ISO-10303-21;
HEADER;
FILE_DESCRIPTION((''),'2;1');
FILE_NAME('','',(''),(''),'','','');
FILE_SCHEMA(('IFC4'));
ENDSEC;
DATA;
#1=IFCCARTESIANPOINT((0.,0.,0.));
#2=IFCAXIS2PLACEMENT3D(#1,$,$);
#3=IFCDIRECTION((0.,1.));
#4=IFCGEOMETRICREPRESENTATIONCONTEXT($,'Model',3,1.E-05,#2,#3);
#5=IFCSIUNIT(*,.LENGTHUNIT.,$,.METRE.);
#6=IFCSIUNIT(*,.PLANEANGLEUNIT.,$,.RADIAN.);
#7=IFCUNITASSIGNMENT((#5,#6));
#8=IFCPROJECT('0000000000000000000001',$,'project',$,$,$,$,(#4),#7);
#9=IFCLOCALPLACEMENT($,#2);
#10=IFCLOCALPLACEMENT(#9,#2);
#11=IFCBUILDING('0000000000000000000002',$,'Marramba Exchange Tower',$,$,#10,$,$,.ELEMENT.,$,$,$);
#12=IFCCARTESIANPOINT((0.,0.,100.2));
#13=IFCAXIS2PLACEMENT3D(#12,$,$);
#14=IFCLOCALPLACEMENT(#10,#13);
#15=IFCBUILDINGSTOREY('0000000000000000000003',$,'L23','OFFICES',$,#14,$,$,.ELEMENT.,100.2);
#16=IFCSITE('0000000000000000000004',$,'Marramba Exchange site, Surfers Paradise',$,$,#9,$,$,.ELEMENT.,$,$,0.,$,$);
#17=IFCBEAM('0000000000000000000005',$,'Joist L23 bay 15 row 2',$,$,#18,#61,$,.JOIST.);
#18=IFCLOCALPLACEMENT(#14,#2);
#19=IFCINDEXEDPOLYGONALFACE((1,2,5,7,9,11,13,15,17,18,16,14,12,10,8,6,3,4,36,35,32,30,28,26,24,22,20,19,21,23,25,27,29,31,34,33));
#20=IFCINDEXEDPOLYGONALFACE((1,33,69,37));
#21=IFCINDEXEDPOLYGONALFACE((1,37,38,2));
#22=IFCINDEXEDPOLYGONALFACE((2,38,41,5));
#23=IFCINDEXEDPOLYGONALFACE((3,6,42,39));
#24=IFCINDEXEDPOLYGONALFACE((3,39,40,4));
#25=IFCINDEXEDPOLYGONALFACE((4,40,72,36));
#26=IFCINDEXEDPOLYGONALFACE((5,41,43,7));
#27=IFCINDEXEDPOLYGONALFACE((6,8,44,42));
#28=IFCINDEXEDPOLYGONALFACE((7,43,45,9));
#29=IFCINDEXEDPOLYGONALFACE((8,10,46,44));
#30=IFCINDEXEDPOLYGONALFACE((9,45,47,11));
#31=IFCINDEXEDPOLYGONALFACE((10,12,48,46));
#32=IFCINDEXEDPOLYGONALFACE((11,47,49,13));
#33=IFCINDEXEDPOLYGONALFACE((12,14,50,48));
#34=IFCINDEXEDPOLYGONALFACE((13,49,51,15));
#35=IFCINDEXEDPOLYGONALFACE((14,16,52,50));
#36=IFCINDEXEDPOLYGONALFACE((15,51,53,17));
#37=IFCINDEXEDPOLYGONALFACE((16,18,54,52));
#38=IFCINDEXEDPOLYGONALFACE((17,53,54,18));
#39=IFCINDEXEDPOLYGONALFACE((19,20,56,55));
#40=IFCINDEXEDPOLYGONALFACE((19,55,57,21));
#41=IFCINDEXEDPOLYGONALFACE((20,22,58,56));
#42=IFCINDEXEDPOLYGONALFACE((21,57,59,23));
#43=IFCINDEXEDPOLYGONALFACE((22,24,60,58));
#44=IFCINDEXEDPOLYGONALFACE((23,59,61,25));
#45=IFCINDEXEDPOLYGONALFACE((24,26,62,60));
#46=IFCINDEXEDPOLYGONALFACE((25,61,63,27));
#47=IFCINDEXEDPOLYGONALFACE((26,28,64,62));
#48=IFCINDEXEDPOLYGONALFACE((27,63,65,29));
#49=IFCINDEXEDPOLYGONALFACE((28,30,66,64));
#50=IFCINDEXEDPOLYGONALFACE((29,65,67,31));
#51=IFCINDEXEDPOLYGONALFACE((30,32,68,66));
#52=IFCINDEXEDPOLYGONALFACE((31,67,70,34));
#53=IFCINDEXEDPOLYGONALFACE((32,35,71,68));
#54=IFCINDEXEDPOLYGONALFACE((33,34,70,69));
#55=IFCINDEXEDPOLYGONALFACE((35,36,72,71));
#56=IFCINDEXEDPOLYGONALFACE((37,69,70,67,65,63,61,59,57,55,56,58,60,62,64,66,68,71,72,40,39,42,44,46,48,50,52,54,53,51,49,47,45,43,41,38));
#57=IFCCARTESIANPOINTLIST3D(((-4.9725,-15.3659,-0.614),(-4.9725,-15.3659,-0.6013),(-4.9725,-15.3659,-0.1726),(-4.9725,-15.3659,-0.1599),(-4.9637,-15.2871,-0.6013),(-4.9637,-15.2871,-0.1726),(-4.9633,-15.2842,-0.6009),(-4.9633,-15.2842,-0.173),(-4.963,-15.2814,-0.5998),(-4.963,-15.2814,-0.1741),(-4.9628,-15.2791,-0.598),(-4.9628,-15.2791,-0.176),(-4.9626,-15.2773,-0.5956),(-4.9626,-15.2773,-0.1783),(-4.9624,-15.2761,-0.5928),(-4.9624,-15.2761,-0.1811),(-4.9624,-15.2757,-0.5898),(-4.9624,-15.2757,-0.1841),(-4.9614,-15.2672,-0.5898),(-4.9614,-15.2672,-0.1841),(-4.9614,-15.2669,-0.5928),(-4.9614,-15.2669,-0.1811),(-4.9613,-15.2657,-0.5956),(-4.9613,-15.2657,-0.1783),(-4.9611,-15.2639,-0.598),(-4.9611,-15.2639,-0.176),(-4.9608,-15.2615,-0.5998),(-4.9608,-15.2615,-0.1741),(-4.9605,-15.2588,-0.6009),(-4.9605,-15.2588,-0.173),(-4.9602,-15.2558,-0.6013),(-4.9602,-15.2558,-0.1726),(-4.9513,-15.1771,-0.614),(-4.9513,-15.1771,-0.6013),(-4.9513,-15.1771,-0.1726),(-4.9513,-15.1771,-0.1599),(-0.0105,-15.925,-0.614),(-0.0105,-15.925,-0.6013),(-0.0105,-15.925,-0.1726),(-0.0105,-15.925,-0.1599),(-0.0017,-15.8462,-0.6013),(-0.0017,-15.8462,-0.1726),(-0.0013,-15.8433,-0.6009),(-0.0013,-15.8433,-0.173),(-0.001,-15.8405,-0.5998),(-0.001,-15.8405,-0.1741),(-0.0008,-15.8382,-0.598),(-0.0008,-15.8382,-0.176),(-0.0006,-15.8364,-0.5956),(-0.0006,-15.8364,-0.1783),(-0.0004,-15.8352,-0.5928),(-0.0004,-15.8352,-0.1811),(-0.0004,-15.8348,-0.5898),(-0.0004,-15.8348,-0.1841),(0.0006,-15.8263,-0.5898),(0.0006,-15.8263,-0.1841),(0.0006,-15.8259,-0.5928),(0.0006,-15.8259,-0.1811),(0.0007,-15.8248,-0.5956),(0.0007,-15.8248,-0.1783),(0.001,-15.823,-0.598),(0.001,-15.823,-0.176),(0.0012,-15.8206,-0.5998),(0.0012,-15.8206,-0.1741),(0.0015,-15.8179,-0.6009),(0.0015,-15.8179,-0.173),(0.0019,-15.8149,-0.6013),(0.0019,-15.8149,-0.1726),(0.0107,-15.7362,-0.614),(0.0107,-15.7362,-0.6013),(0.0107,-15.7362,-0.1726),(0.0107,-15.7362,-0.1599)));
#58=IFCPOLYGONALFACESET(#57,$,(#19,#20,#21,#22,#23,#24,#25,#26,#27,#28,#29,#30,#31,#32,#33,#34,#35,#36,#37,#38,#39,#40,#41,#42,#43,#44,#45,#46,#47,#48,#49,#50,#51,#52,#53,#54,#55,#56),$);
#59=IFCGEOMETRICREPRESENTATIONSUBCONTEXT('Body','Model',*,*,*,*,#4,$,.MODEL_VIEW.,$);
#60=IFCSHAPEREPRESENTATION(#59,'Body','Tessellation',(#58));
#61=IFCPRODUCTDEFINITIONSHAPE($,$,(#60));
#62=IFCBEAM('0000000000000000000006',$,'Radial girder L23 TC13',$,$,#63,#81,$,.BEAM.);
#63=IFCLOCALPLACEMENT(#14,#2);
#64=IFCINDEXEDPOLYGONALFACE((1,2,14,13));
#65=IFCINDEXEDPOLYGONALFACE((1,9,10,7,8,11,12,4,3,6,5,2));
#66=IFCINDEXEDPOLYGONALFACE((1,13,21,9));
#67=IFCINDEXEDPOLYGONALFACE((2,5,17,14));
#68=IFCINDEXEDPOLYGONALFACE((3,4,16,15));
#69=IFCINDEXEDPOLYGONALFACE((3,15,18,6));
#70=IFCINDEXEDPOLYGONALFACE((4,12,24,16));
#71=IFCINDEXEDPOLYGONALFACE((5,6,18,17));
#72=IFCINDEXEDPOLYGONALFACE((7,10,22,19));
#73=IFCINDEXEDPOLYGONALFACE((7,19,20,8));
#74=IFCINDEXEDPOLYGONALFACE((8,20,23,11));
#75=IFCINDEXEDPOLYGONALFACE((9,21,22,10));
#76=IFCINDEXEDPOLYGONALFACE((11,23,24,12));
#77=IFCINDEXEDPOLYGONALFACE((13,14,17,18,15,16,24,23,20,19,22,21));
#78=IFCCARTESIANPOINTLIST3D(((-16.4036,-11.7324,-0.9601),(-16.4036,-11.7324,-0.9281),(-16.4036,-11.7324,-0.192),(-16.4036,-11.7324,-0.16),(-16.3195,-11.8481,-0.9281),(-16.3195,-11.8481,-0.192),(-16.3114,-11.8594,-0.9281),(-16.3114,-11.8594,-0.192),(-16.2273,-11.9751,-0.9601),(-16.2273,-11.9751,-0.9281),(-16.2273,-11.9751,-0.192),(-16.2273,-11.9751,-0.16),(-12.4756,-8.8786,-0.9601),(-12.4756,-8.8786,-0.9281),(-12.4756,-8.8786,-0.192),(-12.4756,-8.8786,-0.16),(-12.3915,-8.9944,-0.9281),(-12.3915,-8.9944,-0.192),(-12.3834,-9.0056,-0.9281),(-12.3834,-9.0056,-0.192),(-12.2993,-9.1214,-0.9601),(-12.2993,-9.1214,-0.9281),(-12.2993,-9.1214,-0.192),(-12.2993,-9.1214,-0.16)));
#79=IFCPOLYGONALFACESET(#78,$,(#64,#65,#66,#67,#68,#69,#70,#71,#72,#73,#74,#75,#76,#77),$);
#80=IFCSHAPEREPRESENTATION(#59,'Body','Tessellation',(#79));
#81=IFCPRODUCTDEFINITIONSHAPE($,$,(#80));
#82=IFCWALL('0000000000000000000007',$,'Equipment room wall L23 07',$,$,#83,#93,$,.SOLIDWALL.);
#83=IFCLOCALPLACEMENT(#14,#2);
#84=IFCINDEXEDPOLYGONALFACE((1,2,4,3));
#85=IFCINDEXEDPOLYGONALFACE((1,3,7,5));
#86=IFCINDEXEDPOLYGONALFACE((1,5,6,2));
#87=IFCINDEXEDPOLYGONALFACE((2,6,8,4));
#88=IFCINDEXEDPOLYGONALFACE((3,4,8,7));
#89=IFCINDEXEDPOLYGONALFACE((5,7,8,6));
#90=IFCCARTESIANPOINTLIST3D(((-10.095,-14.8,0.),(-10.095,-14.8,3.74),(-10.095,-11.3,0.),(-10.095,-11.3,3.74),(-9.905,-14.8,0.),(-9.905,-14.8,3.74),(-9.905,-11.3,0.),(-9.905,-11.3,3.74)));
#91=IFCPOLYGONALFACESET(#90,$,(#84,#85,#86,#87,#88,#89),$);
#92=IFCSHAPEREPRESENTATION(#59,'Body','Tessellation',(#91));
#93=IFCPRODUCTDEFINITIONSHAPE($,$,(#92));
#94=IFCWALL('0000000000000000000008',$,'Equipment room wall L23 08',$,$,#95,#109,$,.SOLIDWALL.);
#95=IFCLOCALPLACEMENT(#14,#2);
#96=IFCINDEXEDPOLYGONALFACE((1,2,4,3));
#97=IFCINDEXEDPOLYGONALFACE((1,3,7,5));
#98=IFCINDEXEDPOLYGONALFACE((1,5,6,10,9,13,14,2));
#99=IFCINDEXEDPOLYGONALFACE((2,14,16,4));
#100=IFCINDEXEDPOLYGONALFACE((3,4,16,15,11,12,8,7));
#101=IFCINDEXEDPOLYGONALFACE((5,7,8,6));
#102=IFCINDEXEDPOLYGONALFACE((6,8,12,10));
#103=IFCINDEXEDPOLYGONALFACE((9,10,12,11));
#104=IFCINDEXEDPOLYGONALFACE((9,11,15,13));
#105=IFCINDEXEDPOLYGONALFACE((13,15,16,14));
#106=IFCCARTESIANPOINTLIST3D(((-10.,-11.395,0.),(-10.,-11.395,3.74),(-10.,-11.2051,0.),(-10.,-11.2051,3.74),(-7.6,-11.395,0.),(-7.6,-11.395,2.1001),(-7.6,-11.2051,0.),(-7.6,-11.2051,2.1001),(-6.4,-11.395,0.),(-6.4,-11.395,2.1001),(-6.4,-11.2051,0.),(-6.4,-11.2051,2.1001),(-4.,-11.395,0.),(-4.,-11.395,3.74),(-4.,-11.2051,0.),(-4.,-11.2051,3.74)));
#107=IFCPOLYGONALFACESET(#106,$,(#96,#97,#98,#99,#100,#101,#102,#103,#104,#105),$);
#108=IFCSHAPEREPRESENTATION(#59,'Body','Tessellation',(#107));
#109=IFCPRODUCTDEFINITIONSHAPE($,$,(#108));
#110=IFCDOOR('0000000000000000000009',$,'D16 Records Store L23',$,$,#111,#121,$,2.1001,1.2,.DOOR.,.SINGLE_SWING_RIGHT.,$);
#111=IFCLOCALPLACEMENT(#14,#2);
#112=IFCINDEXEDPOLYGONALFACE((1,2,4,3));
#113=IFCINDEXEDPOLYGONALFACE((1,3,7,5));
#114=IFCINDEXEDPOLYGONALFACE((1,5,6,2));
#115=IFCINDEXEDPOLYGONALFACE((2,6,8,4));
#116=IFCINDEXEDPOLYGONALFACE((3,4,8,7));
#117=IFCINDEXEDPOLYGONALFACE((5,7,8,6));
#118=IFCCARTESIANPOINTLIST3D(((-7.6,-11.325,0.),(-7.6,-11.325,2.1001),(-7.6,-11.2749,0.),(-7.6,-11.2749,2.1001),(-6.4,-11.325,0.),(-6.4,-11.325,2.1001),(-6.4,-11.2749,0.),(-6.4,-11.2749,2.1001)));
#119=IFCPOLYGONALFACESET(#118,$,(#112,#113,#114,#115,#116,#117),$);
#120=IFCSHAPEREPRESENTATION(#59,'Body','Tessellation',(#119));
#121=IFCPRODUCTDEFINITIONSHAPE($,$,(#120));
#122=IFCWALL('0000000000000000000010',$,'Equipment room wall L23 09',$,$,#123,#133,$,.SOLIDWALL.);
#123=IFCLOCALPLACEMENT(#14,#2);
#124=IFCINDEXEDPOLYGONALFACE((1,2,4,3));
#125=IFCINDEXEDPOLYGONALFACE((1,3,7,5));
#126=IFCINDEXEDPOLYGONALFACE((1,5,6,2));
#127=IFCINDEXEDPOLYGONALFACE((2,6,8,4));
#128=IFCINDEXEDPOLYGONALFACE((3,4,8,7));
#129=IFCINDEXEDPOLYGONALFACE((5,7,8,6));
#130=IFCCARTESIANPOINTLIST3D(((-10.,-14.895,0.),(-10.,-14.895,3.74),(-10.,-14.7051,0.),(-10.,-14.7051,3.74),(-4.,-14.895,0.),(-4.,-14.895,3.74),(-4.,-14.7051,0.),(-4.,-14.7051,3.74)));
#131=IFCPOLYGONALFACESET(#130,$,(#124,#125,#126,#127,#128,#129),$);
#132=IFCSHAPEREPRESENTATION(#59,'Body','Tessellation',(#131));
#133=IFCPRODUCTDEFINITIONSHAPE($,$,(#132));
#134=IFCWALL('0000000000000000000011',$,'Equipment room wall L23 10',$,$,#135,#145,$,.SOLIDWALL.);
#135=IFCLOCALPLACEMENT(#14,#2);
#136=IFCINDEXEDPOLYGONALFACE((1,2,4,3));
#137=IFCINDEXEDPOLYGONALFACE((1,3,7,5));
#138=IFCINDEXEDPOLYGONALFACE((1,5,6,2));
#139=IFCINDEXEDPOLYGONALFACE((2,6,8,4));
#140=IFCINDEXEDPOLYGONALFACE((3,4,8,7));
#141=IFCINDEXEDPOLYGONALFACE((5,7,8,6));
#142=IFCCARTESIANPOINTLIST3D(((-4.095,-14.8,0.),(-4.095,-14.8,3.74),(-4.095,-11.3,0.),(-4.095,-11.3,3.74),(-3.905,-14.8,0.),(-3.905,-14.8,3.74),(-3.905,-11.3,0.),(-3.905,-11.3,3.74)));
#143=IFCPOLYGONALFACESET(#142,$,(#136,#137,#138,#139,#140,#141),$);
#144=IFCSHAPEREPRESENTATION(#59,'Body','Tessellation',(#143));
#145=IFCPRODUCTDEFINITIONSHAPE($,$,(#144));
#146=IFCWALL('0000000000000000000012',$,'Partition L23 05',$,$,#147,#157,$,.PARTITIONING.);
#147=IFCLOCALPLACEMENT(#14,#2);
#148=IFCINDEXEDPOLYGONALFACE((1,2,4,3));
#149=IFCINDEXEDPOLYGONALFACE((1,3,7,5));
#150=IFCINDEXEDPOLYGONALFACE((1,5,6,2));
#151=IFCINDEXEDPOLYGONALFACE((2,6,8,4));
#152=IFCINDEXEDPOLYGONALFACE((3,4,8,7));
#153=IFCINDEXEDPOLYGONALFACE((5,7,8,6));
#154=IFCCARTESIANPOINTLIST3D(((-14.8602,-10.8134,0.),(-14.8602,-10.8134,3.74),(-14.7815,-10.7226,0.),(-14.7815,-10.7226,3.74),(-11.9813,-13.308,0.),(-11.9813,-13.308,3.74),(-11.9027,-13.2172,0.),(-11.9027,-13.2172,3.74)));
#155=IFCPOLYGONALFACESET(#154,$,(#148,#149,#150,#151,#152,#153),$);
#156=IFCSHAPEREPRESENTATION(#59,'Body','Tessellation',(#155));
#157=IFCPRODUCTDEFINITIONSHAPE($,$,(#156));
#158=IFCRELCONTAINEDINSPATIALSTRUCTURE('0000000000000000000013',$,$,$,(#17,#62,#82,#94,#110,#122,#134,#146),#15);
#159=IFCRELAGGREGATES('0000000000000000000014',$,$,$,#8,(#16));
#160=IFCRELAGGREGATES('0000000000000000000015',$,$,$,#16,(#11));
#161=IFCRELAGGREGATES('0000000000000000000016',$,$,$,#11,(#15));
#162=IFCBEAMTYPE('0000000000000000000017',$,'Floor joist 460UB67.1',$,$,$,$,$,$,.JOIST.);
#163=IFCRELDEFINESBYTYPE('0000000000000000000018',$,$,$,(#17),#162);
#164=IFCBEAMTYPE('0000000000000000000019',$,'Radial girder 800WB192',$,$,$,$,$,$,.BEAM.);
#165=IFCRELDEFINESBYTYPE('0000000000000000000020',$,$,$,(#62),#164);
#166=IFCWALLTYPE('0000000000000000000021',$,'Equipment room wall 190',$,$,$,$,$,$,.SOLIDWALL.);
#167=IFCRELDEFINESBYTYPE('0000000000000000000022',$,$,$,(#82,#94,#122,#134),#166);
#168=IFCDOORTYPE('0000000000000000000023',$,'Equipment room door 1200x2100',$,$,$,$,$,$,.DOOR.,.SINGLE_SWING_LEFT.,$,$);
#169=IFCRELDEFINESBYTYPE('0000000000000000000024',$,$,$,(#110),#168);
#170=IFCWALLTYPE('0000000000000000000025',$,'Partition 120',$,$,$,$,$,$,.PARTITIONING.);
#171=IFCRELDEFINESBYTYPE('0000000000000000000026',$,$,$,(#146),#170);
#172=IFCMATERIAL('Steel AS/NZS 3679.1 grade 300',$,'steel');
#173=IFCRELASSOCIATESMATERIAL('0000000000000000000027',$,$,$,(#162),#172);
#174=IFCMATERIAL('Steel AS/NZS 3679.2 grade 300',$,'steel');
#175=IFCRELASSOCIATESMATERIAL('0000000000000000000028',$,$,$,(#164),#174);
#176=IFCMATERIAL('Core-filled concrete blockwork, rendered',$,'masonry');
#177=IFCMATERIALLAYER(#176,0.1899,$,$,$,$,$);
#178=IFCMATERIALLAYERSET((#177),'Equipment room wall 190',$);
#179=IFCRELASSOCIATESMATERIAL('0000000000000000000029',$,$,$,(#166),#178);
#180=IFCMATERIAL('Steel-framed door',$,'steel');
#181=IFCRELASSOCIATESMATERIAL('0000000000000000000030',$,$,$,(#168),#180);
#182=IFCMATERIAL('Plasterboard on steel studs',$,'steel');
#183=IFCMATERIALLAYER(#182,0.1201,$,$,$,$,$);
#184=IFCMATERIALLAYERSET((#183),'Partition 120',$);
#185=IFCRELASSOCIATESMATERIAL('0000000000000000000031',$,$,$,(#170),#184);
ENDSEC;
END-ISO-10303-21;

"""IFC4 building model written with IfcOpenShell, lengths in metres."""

from ifc_helpers import new_model, si_unit, direction, frame, frame_2d, origin, origin_2d, place, context, subcontext, project, spatial, rectangle, i_section, extrude, material, layer, layer_set, material_profile, profile_set, type_object, element, fill, save


model = new_model("IFC4")

# Units and contexts
model_context = context("Model", 3, precision=1e-05, world=origin(), true_north=direction((0.0, 1.0)))
body_context = subcontext(model_context, "Body", "Model", "MODEL_VIEW")
ifc_project = project(units=[si_unit("LENGTHUNIT", "METRE"), si_unit("PLANEANGLEUNIT", "RADIAN")], contexts=[model_context])

# Site, building, storey
site_placement = place(None, origin())
site = spatial("IfcSite", under=ifc_project, at=site_placement, Name="Marramba Exchange site, Surfers Paradise", CompositionType="ELEMENT", RefElevation=0.0)
building_placement = place(site_placement, origin())
building = spatial("IfcBuilding", under=site, at=building_placement, Name="Marramba Exchange Tower", CompositionType="ELEMENT")
storey_placement = place(building_placement, frame((0.0, 0.0, 100.2)))
storey = spatial("IfcBuildingStorey", under=building, at=storey_placement, Name="L23", Description="OFFICES", CompositionType="ELEMENT", Elevation=100.2)

# Beams
ifc_material_1 = material(Name="Steel AS/NZS 3679.2 grade 300", Category="steel")
ifc_material_2 = material(Name="Steel AS/NZS 3679.1 grade 300", Category="steel")
ifc_material_profile_1 = material_profile(ifc_material_2, i_section(OverallWidth=0.1899, OverallDepth=0.4541, WebThickness=0.0085, FlangeThickness=0.0127, FilletRadius=0.0115, at=origin_2d()), Name="460UB67.1")
ifc_profile_set_1 = profile_set([ifc_material_profile_1], Name="Steel AS/NZS 3679.1 grade 300")
beam_type_1 = type_object("IfcBeamType", Name="Floor joist 460UB67.1", PredefinedType="JOIST", material=ifc_profile_set_1)
beam_1_placement = place(storey_placement, frame((-4.9619, -15.2715, -0.387), z_axis=(0.993712, -0.111966, 0.0), x_axis=(0.111966, 0.993712, 0.0)))
element("IfcBeam", 1, at=beam_1_placement, inside=storey, type_object=beam_type_1, Name="Joist L23 bay 15 row 2", PredefinedType="JOIST", context=body_context, shape_type="SweptSolid", body=[
    extrude(i_section(OverallWidth=0.1899, OverallDepth=0.4541, WebThickness=0.0085, FlangeThickness=0.0127, FilletRadius=0.0115, at=origin_2d()), origin(), (0.0, 0.0, 1.0), 4.9934),
])
ifc_material_profile_2 = material_profile(ifc_material_1, i_section(OverallWidth=0.3, OverallDepth=0.8, WebThickness=0.0139, FlangeThickness=0.032, at=origin_2d()), Name="800WB192")
ifc_profile_set_2 = profile_set([ifc_material_profile_2], Name="Steel AS/NZS 3679.2 grade 300")
beam_type_2 = type_object("IfcBeamType", Name="Radial girder 800WB192", PredefinedType="BEAM", material=ifc_profile_set_2)
beam_2_placement = place(storey_placement, frame((-12.3875, -9.0, -0.5601), z_axis=(-0.809025, -0.587774, 0.0), x_axis=(0.587774, -0.809025, 0.0)))
element("IfcBeam", 2, at=beam_2_placement, inside=storey, type_object=beam_type_2, Name="Radial girder L23 TC13", PredefinedType="BEAM", context=body_context, shape_type="SweptSolid", body=[
    extrude(i_section(OverallWidth=0.3, OverallDepth=0.8, WebThickness=0.0139, FlangeThickness=0.032, at=origin_2d()), origin(), (0.0, 0.0, 1.0), 4.8552),
])

# Wall
ifc_material_3 = material(Name="Core-filled concrete blockwork, rendered", Category="masonry")
ifc_layer_1 = layer(ifc_material_3, 0.1899)
ifc_layer_set_1 = layer_set([ifc_layer_1], Name="Equipment room wall 190")
wall_type_1 = type_object("IfcWallType", Name="Equipment room wall 190", PredefinedType="SOLIDWALL", material=ifc_layer_set_1)
wall_1_placement = place(storey_placement, frame((-10.0, -11.3, 0.0), z_axis=(0.0, 0.0, 1.0), x_axis=(0.0, -1.0, 0.0)))
element("IfcWall", 3, at=wall_1_placement, inside=storey, type_object=wall_type_1, Name="Equipment room wall L23 07", PredefinedType="SOLIDWALL", context=body_context, shape_type="SweptSolid", body=[
    extrude(rectangle(XDim=3.5, YDim=0.1899, at=frame_2d((1.75, 0.0))), origin(), (0.0, 0.0, 1.0), 3.74),
])

# Wall, opening, door
wall_2_placement = place(storey_placement, frame((-4.0, -11.3, 0.0), z_axis=(0.0, 0.0, 1.0), x_axis=(-1.0, 0.0, 0.0)))
wall_2 = element("IfcWall", 4, at=wall_2_placement, inside=storey, type_object=wall_type_1, Name="Equipment room wall L23 08", PredefinedType="SOLIDWALL", context=body_context, shape_type="SweptSolid", body=[
    extrude(rectangle(XDim=6.0, YDim=0.1899, at=frame_2d((3.0, 0.0))), origin(), (0.0, 0.0, 1.0), 3.74),
])
opening_1_placement = place(wall_2_placement, frame((2.3999, 0.0, 0.0)))
opening_1 = element("IfcOpeningElement", 5, at=opening_1_placement, cuts=wall_2, PredefinedType="OPENING", context=body_context, shape_type="SweptSolid", body=[
    extrude(rectangle(XDim=1.2, YDim=2.1001, at=frame_2d((0.6001, 1.05))), frame((0.0, 0.105, 0.0), z_axis=(0.0, -1.0, 0.0), x_axis=(1.0, 0.0, 0.0)), (0.0, 0.0, 1.0), 0.21),
])
ifc_material_4 = material(Name="Steel-framed door", Category="steel")
door_type_1 = type_object("IfcDoorType", Name="Equipment room door 1200x2100", OperationType="SINGLE_SWING_LEFT", PredefinedType="DOOR", material=ifc_material_4)
door_1_placement = place(opening_1_placement, origin())
door_1 = element("IfcDoor", 6, at=door_1_placement, inside=storey, type_object=door_type_1, Name="D16 Records Store L23", OperationType="SINGLE_SWING_RIGHT", OverallHeight=2.1001, OverallWidth=1.2, PredefinedType="DOOR", context=body_context, shape_type="SweptSolid", body=[
    extrude(rectangle(XDim=1.2, YDim=2.1001, at=frame_2d((0.6001, 1.05))), frame((0.0, 0.0249, 0.0), z_axis=(0.0, -1.0, 0.0), x_axis=(1.0, 0.0, 0.0)), (0.0, 0.0, 1.0), 0.05),
])
fill(opening_1, door_1)

# Walls
wall_3_placement = place(storey_placement, frame((-10.0, -14.8, 0.0), z_axis=(0.0, 0.0, 1.0), x_axis=(1.0, 0.0, 0.0)))
element("IfcWall", 7, at=wall_3_placement, inside=storey, type_object=wall_type_1, Name="Equipment room wall L23 09", PredefinedType="SOLIDWALL", context=body_context, shape_type="SweptSolid", body=[
    extrude(rectangle(XDim=6.0, YDim=0.1899, at=frame_2d((3.0, 0.0))), origin(), (0.0, 0.0, 1.0), 3.74),
])
wall_4_placement = place(storey_placement, frame((-4.0, -11.3, 0.0), z_axis=(0.0, 0.0, 1.0), x_axis=(0.0, -1.0, 0.0)))
element("IfcWall", 8, at=wall_4_placement, inside=storey, type_object=wall_type_1, Name="Equipment room wall L23 10", PredefinedType="SOLIDWALL", context=body_context, shape_type="SweptSolid", body=[
    extrude(rectangle(XDim=3.5, YDim=0.1899, at=frame_2d((1.75, 0.0))), origin(), (0.0, 0.0, 1.0), 3.74),
])
ifc_material_5 = material(Name="Plasterboard on steel studs", Category="steel")
ifc_layer_2 = layer(ifc_material_5, 0.1201)
ifc_layer_set_2 = layer_set([ifc_layer_2], Name="Partition 120")
wall_type_2 = type_object("IfcWallType", Name="Partition 120", PredefinedType="PARTITIONING", material=ifc_layer_set_2)
wall_5_placement = place(storey_placement, frame((-11.9419, -13.2627, 0.0), z_axis=(0.0, 0.0, 1.0), x_axis=(-0.755744, 0.654867, 0.0)))
element("IfcWall", 9, at=wall_5_placement, inside=storey, type_object=wall_type_2, Name="Partition L23 05", PredefinedType="PARTITIONING", context=body_context, shape_type="SweptSolid", body=[
    extrude(rectangle(XDim=3.8093, YDim=0.1201, at=frame_2d((1.9048, 0.0))), origin(), (0.0, 0.0, 1.0), 3.74),
])

save(model, "model.ifc")
